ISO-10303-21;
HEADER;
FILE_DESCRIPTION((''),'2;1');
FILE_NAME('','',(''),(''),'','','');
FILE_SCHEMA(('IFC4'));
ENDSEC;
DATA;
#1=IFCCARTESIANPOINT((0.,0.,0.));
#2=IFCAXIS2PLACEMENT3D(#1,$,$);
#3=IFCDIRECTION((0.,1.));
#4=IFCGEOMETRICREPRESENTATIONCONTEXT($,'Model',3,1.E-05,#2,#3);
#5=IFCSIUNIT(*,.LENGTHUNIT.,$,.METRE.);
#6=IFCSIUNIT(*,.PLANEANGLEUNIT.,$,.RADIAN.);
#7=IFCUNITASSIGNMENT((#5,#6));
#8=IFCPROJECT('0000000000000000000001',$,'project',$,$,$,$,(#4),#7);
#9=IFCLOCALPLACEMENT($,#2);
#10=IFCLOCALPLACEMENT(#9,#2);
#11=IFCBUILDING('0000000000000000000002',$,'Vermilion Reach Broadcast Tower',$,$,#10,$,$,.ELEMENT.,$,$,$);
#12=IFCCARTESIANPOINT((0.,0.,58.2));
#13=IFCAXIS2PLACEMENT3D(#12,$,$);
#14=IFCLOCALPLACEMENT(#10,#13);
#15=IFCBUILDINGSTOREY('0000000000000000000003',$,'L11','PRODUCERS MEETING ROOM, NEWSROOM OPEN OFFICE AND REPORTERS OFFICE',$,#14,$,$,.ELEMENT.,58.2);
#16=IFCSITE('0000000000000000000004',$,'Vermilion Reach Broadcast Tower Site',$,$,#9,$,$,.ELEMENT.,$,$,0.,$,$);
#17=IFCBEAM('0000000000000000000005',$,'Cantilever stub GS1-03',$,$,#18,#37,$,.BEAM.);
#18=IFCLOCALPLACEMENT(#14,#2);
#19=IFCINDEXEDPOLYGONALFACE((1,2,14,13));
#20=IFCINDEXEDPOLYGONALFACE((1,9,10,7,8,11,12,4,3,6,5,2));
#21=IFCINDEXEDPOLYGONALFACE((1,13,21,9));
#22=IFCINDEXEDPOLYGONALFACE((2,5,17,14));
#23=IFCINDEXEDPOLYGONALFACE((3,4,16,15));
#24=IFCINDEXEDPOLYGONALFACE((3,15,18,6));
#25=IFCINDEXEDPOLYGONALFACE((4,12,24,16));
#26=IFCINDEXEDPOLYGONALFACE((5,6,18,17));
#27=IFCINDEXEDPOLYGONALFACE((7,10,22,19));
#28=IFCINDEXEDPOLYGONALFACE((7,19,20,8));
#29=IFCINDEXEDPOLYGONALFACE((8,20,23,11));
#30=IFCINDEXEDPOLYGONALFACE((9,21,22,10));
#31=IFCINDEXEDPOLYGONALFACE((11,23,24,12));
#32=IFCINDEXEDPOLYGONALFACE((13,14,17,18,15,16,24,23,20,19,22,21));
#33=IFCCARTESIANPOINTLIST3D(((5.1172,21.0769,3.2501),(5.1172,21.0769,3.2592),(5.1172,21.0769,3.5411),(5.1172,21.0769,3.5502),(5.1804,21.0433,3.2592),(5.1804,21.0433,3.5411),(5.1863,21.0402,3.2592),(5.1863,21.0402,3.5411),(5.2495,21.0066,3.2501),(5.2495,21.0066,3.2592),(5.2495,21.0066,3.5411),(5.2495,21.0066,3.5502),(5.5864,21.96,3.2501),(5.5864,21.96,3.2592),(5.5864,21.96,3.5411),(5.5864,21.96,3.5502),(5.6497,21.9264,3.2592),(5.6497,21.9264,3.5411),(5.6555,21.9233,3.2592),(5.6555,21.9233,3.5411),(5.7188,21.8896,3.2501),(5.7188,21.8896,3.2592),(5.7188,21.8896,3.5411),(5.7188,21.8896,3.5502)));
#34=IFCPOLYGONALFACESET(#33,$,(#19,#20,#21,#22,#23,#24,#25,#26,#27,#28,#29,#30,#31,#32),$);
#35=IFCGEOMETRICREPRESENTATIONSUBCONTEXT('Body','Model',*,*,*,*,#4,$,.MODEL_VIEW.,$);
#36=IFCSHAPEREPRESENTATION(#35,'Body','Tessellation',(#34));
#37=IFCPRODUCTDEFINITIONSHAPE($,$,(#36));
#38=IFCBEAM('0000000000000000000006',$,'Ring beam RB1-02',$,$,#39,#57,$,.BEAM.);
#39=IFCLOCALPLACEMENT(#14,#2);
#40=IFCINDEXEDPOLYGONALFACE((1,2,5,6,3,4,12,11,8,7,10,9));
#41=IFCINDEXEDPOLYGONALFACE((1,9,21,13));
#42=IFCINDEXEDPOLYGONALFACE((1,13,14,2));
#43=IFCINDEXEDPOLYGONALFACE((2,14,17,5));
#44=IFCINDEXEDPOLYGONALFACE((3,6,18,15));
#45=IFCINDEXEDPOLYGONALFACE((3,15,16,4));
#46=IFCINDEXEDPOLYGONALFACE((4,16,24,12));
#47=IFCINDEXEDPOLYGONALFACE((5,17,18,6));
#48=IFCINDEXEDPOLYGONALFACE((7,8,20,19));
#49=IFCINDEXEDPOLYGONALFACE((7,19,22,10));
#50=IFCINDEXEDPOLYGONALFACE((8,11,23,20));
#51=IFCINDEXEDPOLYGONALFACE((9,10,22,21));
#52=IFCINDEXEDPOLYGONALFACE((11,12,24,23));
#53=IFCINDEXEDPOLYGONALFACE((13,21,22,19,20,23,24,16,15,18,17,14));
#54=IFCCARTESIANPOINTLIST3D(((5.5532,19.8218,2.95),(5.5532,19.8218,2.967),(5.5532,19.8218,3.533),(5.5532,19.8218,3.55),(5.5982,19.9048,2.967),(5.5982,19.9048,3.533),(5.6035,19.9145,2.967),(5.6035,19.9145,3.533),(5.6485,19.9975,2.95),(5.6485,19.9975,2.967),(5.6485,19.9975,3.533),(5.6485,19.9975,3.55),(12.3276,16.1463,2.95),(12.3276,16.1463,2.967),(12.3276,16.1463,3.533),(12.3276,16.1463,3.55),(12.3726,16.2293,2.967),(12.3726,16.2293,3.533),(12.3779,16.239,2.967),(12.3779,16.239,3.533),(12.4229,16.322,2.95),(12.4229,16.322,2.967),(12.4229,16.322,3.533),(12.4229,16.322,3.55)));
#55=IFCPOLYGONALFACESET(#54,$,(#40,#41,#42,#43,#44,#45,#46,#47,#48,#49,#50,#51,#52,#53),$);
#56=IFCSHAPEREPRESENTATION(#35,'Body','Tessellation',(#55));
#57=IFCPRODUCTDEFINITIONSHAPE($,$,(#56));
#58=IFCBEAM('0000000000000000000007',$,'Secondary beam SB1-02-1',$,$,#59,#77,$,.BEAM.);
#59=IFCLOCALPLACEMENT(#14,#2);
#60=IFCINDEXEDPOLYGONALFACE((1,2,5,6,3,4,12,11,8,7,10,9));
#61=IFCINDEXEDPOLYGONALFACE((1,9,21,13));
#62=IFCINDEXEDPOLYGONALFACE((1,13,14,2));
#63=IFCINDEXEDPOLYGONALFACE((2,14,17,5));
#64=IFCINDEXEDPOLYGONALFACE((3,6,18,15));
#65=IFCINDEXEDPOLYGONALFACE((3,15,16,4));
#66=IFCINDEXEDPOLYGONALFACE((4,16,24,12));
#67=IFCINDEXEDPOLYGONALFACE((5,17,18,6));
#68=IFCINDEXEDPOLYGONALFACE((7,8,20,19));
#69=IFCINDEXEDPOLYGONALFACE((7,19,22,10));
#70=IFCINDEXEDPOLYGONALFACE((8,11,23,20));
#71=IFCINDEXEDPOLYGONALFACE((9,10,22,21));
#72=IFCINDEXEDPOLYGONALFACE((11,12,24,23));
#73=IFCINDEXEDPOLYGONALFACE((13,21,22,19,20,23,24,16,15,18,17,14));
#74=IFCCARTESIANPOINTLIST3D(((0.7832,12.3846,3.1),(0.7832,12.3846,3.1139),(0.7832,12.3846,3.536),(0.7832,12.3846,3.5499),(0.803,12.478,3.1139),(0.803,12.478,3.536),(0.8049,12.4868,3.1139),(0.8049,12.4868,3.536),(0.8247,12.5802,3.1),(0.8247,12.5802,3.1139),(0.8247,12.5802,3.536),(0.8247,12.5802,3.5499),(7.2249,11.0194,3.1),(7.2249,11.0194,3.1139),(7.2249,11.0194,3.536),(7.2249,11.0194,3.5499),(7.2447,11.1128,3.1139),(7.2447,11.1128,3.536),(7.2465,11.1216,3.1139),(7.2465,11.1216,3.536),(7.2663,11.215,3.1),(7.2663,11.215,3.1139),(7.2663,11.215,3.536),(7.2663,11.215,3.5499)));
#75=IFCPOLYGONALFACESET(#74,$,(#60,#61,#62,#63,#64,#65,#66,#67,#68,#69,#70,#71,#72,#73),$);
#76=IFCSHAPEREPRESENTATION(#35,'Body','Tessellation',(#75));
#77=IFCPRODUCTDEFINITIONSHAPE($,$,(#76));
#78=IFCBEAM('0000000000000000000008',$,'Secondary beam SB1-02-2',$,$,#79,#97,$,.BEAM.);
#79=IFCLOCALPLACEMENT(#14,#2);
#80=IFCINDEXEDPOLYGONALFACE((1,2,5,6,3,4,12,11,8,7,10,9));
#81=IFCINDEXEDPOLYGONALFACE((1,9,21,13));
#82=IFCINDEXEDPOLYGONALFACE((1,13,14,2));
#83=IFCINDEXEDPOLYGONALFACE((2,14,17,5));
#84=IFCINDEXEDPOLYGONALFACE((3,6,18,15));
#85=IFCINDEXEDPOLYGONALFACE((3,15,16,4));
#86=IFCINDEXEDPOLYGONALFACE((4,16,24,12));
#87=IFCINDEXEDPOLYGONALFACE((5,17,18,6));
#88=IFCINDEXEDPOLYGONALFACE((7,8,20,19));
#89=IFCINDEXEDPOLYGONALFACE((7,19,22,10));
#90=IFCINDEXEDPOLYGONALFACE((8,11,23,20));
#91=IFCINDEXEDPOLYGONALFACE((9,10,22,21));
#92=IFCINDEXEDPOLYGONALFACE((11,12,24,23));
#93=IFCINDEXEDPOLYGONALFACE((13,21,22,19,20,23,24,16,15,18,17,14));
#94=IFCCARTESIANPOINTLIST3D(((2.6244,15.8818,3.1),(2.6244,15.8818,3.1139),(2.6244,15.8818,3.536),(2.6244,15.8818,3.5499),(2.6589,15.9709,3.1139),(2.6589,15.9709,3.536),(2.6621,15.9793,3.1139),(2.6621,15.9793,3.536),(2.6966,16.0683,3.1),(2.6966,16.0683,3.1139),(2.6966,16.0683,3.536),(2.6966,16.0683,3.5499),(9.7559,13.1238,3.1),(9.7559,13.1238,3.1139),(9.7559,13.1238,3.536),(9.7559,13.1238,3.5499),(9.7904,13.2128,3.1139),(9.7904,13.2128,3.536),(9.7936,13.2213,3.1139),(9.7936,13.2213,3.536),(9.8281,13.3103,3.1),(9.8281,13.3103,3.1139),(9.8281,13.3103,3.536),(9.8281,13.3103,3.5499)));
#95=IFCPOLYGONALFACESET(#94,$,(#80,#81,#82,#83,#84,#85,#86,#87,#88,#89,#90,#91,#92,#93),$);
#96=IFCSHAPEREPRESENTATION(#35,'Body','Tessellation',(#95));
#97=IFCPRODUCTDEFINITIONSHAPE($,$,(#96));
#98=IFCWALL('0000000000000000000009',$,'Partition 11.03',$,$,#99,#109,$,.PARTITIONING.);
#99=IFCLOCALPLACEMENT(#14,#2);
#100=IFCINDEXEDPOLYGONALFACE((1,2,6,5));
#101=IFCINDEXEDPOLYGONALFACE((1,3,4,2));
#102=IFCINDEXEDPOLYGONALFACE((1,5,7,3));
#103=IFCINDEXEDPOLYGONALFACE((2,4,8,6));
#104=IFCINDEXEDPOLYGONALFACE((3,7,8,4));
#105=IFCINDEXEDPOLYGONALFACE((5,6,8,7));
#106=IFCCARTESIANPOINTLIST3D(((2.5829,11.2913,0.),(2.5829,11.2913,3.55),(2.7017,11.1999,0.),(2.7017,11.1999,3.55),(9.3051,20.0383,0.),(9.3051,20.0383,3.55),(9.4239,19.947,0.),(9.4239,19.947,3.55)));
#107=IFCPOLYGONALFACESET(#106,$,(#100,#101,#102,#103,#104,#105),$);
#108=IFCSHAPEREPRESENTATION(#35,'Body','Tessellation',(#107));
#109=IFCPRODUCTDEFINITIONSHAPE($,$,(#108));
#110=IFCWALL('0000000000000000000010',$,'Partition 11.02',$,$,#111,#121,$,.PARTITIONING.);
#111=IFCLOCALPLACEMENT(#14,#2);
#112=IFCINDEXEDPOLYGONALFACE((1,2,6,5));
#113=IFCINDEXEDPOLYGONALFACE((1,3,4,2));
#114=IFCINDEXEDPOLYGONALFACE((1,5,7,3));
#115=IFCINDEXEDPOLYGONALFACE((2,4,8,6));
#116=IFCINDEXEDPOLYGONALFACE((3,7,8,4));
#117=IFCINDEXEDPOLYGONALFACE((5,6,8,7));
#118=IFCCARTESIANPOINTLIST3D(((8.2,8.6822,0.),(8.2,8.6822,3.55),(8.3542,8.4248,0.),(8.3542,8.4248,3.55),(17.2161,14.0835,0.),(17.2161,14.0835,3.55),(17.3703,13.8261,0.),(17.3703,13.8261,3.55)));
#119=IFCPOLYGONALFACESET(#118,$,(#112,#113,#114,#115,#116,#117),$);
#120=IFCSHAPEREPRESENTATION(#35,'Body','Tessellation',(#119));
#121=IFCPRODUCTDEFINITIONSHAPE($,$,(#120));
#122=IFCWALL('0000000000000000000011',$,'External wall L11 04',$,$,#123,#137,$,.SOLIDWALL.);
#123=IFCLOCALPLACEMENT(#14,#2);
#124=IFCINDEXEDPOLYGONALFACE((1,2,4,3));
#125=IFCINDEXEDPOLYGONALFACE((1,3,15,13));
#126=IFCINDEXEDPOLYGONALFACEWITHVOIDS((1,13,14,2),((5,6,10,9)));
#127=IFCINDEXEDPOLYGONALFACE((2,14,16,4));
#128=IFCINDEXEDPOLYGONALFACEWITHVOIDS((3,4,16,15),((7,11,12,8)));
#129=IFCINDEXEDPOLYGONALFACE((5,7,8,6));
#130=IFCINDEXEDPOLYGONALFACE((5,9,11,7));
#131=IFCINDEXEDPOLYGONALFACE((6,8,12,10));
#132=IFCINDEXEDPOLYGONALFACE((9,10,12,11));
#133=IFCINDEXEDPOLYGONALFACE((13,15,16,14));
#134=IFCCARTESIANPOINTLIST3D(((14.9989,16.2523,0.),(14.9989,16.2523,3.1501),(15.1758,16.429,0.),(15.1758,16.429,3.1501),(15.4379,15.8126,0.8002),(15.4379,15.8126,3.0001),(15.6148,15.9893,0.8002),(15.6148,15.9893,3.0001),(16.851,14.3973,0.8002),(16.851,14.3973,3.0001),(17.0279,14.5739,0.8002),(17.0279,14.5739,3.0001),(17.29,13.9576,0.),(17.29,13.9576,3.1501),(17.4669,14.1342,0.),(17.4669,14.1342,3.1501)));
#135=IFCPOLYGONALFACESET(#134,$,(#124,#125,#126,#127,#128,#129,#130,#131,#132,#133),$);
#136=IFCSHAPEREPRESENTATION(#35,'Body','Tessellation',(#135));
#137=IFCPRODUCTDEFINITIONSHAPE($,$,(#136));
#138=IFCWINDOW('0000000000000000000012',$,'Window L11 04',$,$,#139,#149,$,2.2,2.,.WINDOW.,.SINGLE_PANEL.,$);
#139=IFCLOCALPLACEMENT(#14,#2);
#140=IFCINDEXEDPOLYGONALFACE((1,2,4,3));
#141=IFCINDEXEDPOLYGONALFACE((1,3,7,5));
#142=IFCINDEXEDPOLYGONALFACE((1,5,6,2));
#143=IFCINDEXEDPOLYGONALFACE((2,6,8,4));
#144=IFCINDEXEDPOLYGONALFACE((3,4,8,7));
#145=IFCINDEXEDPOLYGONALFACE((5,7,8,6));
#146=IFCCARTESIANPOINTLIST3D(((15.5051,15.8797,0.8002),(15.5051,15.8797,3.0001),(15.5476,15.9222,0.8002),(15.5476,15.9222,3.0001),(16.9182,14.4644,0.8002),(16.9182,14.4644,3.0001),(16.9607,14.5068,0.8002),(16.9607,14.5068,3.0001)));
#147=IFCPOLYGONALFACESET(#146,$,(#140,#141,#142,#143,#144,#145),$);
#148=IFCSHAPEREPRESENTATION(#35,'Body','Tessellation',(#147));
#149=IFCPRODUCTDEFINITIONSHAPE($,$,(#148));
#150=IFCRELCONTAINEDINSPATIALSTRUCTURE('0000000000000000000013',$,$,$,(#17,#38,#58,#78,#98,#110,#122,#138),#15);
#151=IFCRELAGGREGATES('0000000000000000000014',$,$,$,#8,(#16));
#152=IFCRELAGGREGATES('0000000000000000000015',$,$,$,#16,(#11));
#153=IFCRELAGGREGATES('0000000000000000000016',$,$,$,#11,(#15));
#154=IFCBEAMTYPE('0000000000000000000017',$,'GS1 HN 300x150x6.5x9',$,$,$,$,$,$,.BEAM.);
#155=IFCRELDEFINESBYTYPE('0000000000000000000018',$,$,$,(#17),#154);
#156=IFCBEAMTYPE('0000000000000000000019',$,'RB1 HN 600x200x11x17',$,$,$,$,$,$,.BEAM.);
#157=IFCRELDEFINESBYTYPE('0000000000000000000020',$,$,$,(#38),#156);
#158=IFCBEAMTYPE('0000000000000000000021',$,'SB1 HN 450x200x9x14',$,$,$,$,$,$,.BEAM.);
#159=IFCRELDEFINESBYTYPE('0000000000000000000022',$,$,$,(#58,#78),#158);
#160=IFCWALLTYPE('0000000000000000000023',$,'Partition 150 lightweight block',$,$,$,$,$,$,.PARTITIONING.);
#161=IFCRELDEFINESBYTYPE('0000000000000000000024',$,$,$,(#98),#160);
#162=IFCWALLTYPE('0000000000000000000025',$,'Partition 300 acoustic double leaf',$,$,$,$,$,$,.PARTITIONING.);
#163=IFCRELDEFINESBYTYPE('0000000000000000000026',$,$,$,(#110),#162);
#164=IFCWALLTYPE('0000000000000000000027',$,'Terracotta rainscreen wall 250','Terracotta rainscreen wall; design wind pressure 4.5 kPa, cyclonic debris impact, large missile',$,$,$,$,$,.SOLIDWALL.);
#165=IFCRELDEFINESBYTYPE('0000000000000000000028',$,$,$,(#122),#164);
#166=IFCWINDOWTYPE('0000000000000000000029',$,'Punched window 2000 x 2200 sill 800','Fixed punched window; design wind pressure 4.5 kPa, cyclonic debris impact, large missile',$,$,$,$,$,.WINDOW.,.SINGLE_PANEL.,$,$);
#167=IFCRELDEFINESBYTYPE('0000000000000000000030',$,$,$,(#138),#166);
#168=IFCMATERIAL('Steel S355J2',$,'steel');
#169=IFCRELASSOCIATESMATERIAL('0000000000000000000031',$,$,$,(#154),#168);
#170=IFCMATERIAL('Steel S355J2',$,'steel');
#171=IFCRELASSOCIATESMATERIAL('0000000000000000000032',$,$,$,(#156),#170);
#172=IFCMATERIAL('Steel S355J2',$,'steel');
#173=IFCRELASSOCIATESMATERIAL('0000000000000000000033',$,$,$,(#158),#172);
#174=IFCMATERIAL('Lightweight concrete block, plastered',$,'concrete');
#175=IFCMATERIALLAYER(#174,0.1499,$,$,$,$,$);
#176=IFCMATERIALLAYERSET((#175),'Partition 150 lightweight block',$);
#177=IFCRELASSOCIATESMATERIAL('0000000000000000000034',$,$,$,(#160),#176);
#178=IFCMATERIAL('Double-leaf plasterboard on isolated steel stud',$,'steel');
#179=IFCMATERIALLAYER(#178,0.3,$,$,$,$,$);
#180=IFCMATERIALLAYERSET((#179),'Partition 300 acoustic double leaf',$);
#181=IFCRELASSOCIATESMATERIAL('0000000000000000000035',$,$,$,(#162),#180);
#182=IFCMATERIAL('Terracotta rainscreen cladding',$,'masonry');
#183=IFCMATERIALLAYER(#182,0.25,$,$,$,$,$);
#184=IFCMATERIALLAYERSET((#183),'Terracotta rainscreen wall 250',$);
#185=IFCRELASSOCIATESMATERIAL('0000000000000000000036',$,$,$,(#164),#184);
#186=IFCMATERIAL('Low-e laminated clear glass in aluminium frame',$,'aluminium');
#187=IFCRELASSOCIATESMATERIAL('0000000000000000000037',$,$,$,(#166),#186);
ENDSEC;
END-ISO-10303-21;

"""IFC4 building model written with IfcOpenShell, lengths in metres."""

from ifc_helpers import new_model, si_unit, direction, frame, frame_2d, origin, origin_2d, place, context, subcontext, project, spatial, rectangle, i_section, extrude, material, layer, layer_set, material_profile, profile_set, type_object, element, fill, save


model = new_model("IFC4")

# Units and contexts
model_context = context("Model", 3, precision=1e-05, world=origin(), true_north=direction((0.0, 1.0)))
body_context = subcontext(model_context, "Body", "Model", "MODEL_VIEW")
ifc_project = project(units=[si_unit("LENGTHUNIT", "METRE"), si_unit("PLANEANGLEUNIT", "RADIAN")], contexts=[model_context])

# Site, building, storey
site_placement = place(None, origin())
site = spatial("IfcSite", under=ifc_project, at=site_placement, Name="Vermilion Reach Broadcast Tower Site", CompositionType="ELEMENT", RefElevation=0.0)
building_placement = place(site_placement, origin())
building = spatial("IfcBuilding", under=site, at=building_placement, Name="Vermilion Reach Broadcast Tower", CompositionType="ELEMENT")
storey_placement = place(building_placement, frame((0.0, 0.0, 58.2)))
storey = spatial("IfcBuildingStorey", under=building, at=storey_placement, Name="L11", Description="PRODUCERS MEETING ROOM, NEWSROOM OPEN OFFICE AND REPORTERS OFFICE", CompositionType="ELEMENT", Elevation=58.2)

# Beams
ifc_material_1 = material(Name="Steel S355J2", Category="steel")
ifc_material_profile_1 = material_profile(ifc_material_1, i_section(OverallWidth=0.1499, OverallDepth=0.3, WebThickness=0.0066, FlangeThickness=0.009, at=origin_2d()), Name="S355J2 HN 300x150x6.5x9")
ifc_profile_set_1 = profile_set([ifc_material_profile_1], Name="Steel S355J2")
beam_type_1 = type_object("IfcBeamType", Name="GS1 HN 300x150x6.5x9", PredefinedType="BEAM", material=ifc_profile_set_1)
beam_1_placement = place(storey_placement, frame((5.1833, 21.0417, 3.4001), z_axis=(0.469244, 0.883068, 0.0), x_axis=(-0.883068, 0.469244, 0.0)))
element("IfcBeam", 1, at=beam_1_placement, inside=storey, type_object=beam_type_1, Name="Cantilever stub GS1-03", PredefinedType="BEAM", context=body_context, shape_type="SweptSolid", body=[
    extrude(i_section(OverallWidth=0.1499, OverallDepth=0.3, WebThickness=0.0066, FlangeThickness=0.009, at=origin_2d()), origin(), (0.0, 0.0, 1.0), 1.0),
])
ifc_material_2 = material(Name="Steel S355J2", Category="steel")
ifc_material_profile_2 = material_profile(ifc_material_2, i_section(OverallWidth=0.2, OverallDepth=0.6001, WebThickness=0.011, FlangeThickness=0.0171, at=origin_2d()), Name="S355J2 HN 600x200x11x17")
ifc_profile_set_2 = profile_set([ifc_material_profile_2], Name="Steel S355J2")
beam_type_2 = type_object("IfcBeamType", Name="RB1 HN 600x200x11x17", PredefinedType="BEAM", material=ifc_profile_set_2)
beam_2_placement = place(storey_placement, frame((12.3752, 16.2341, 3.25), z_axis=(-0.878962, 0.476891, 0.0), x_axis=(-0.476891, -0.878962, 0.0)))
element("IfcBeam", 2, at=beam_2_placement, inside=storey, type_object=beam_type_2, Name="Ring beam RB1-02", PredefinedType="BEAM", context=body_context, shape_type="SweptSolid", body=[
    extrude(i_section(OverallWidth=0.2, OverallDepth=0.6001, WebThickness=0.011, FlangeThickness=0.0171, at=origin_2d()), origin(), (0.0, 0.0, 1.0), 7.7073),
])
ifc_material_3 = material(Name="Steel S355J2", Category="steel")
ifc_material_profile_3 = material_profile(ifc_material_3, i_section(OverallWidth=0.2, OverallDepth=0.45, WebThickness=0.009, FlangeThickness=0.0139, at=origin_2d()), Name="S355J2 HN 450x200x9x14")
ifc_profile_set_3 = profile_set([ifc_material_profile_3], Name="Steel S355J2")
beam_type_3 = type_object("IfcBeamType", Name="SB1 HN 450x200x9x14", PredefinedType="BEAM", material=ifc_profile_set_3)
beam_3_placement = place(storey_placement, frame((7.2456, 11.1172, 3.325), z_axis=(-0.97827, 0.207333, 0.0), x_axis=(-0.207333, -0.97827, 0.0)))
element("IfcBeam", 3, at=beam_3_placement, inside=storey, type_object=beam_type_3, Name="Secondary beam SB1-02-1", PredefinedType="BEAM", context=body_context, shape_type="SweptSolid", body=[
    extrude(i_section(OverallWidth=0.2, OverallDepth=0.45, WebThickness=0.009, FlangeThickness=0.0139, at=origin_2d()), origin(), (0.0, 0.0, 1.0), 6.5847),
])
beam_4_placement = place(storey_placement, frame((9.792, 13.217, 3.325), z_axis=(-0.932681, 0.360703, 0.0), x_axis=(-0.360703, -0.932681, 0.0)))
element("IfcBeam", 4, at=beam_4_placement, inside=storey, type_object=beam_type_3, Name="Secondary beam SB1-02-2", PredefinedType="BEAM", context=body_context, shape_type="SweptSolid", body=[
    extrude(i_section(OverallWidth=0.2, OverallDepth=0.45, WebThickness=0.009, FlangeThickness=0.0139, at=origin_2d()), origin(), (0.0, 0.0, 1.0), 7.6462),
])

# Walls
ifc_material_4 = material(Name="Lightweight concrete block, plastered", Category="concrete")
ifc_layer_1 = layer(ifc_material_4, 0.1499)
ifc_layer_set_1 = layer_set([ifc_layer_1], Name="Partition 150 lightweight block")
wall_type_1 = type_object("IfcWallType", Name="Partition 150 lightweight block", PredefinedType="PARTITIONING", material=ifc_layer_set_1)
wall_1_placement = place(storey_placement, frame((9.3645, 19.9927, 0.0), z_axis=(0.0, 0.0, 1.0), x_axis=(-0.609349, -0.792902, 0.0)))
element("IfcWall", 5, at=wall_1_placement, inside=storey, type_object=wall_type_1, Name="Partition 11.03", PredefinedType="PARTITIONING", context=body_context, shape_type="SweptSolid", body=[
    extrude(rectangle(XDim=11.0317, YDim=0.1499, at=frame_2d((5.5159, 0.0))), origin(), (0.0, 0.0, 1.0), 3.55),
])
ifc_material_5 = material(Name="Double-leaf plasterboard on isolated steel stud", Category="steel")
ifc_layer_2 = layer(ifc_material_5, 0.3)
ifc_layer_set_2 = layer_set([ifc_layer_2], Name="Partition 300 acoustic double leaf")
wall_type_2 = type_object("IfcWallType", Name="Partition 300 acoustic double leaf", PredefinedType="PARTITIONING", material=ifc_layer_set_2)
wall_2_placement = place(storey_placement, frame((17.2932, 13.9548, 0.0), z_axis=(0.0, 0.0, 1.0), x_axis=(-0.857841, -0.513915, 0.0)))
element("IfcWall", 6, at=wall_2_placement, inside=storey, type_object=wall_type_2, Name="Partition 11.02", PredefinedType="PARTITIONING", context=body_context, shape_type="SweptSolid", body=[
    extrude(rectangle(XDim=10.5103, YDim=0.3, at=frame_2d((5.2551, 0.0))), origin(), (0.0, 0.0, 1.0), 3.55),
])

# Shared definitions
ifc_material_6 = material(Name="Terracotta rainscreen cladding", Category="masonry")
ifc_layer_3 = layer(ifc_material_6, 0.25)
ifc_layer_set_3 = layer_set([ifc_layer_3], Name="Terracotta rainscreen wall 250")
wall_type_3 = type_object("IfcWallType", Name="Terracotta rainscreen wall 250", Description="Terracotta rainscreen wall; design wind pressure 4.5 kPa, cyclonic debris impact, large missile", PredefinedType="SOLIDWALL", material=ifc_layer_set_3)

# Wall, opening, window
wall_3_placement = place(storey_placement, frame((17.3784, 14.0459, 0.0), z_axis=(0.0, 0.0, 1.0), x_axis=(-0.706542, 0.707671, 0.0)))
wall_3 = element("IfcWall", 7, at=wall_3_placement, inside=storey, type_object=wall_type_3, Name="External wall L11 04", PredefinedType="SOLIDWALL", context=body_context, shape_type="SweptSolid", body=[
    extrude(rectangle(XDim=3.2427, YDim=0.25, at=frame_2d((1.6213, 0.0))), origin(), (0.0, 0.0, 1.0), 3.1501),
])
opening_1_placement = place(wall_3_placement, frame((0.6213, 0.0, 0.8)))
opening_1 = element("IfcOpeningElement", 8, at=opening_1_placement, cuts=wall_3, PredefinedType="OPENING", context=body_context, shape_type="SweptSolid", body=[
    extrude(rectangle(XDim=2.0, YDim=2.2, at=frame_2d((1.0, 1.1001))), frame((0.0, 0.135, 0.0), z_axis=(0.0, -1.0, 0.0), x_axis=(1.0, 0.0, 0.0)), (0.0, 0.0, 1.0), 0.27),
])
ifc_material_7 = material(Name="Low-e laminated clear glass in aluminium frame", Category="aluminium")
window_type = type_object("IfcWindowType", Name="Punched window 2000 x 2200 sill 800", Description="Fixed punched window; design wind pressure 4.5 kPa, cyclonic debris impact, large missile", PartitioningType="SINGLE_PANEL", PredefinedType="WINDOW", material=ifc_material_7)
window_1_placement = place(opening_1_placement, origin())
window_1 = element("IfcWindow", 9, at=window_1_placement, inside=storey, type_object=window_type, Name="Window L11 04", OverallHeight=2.2, OverallWidth=2.0, PartitioningType="SINGLE_PANEL", PredefinedType="WINDOW", context=body_context, shape_type="SweptSolid", body=[
    extrude(rectangle(XDim=2.0, YDim=2.2, at=frame_2d((1.0, 1.1001))), frame((0.0, 0.03, 0.0), z_axis=(0.0, -1.0, 0.0), x_axis=(1.0, 0.0, 0.0)), (0.0, 0.0, 1.0), 0.0601),
])
fill(opening_1, window_1)

save(model, "model.ifc")
